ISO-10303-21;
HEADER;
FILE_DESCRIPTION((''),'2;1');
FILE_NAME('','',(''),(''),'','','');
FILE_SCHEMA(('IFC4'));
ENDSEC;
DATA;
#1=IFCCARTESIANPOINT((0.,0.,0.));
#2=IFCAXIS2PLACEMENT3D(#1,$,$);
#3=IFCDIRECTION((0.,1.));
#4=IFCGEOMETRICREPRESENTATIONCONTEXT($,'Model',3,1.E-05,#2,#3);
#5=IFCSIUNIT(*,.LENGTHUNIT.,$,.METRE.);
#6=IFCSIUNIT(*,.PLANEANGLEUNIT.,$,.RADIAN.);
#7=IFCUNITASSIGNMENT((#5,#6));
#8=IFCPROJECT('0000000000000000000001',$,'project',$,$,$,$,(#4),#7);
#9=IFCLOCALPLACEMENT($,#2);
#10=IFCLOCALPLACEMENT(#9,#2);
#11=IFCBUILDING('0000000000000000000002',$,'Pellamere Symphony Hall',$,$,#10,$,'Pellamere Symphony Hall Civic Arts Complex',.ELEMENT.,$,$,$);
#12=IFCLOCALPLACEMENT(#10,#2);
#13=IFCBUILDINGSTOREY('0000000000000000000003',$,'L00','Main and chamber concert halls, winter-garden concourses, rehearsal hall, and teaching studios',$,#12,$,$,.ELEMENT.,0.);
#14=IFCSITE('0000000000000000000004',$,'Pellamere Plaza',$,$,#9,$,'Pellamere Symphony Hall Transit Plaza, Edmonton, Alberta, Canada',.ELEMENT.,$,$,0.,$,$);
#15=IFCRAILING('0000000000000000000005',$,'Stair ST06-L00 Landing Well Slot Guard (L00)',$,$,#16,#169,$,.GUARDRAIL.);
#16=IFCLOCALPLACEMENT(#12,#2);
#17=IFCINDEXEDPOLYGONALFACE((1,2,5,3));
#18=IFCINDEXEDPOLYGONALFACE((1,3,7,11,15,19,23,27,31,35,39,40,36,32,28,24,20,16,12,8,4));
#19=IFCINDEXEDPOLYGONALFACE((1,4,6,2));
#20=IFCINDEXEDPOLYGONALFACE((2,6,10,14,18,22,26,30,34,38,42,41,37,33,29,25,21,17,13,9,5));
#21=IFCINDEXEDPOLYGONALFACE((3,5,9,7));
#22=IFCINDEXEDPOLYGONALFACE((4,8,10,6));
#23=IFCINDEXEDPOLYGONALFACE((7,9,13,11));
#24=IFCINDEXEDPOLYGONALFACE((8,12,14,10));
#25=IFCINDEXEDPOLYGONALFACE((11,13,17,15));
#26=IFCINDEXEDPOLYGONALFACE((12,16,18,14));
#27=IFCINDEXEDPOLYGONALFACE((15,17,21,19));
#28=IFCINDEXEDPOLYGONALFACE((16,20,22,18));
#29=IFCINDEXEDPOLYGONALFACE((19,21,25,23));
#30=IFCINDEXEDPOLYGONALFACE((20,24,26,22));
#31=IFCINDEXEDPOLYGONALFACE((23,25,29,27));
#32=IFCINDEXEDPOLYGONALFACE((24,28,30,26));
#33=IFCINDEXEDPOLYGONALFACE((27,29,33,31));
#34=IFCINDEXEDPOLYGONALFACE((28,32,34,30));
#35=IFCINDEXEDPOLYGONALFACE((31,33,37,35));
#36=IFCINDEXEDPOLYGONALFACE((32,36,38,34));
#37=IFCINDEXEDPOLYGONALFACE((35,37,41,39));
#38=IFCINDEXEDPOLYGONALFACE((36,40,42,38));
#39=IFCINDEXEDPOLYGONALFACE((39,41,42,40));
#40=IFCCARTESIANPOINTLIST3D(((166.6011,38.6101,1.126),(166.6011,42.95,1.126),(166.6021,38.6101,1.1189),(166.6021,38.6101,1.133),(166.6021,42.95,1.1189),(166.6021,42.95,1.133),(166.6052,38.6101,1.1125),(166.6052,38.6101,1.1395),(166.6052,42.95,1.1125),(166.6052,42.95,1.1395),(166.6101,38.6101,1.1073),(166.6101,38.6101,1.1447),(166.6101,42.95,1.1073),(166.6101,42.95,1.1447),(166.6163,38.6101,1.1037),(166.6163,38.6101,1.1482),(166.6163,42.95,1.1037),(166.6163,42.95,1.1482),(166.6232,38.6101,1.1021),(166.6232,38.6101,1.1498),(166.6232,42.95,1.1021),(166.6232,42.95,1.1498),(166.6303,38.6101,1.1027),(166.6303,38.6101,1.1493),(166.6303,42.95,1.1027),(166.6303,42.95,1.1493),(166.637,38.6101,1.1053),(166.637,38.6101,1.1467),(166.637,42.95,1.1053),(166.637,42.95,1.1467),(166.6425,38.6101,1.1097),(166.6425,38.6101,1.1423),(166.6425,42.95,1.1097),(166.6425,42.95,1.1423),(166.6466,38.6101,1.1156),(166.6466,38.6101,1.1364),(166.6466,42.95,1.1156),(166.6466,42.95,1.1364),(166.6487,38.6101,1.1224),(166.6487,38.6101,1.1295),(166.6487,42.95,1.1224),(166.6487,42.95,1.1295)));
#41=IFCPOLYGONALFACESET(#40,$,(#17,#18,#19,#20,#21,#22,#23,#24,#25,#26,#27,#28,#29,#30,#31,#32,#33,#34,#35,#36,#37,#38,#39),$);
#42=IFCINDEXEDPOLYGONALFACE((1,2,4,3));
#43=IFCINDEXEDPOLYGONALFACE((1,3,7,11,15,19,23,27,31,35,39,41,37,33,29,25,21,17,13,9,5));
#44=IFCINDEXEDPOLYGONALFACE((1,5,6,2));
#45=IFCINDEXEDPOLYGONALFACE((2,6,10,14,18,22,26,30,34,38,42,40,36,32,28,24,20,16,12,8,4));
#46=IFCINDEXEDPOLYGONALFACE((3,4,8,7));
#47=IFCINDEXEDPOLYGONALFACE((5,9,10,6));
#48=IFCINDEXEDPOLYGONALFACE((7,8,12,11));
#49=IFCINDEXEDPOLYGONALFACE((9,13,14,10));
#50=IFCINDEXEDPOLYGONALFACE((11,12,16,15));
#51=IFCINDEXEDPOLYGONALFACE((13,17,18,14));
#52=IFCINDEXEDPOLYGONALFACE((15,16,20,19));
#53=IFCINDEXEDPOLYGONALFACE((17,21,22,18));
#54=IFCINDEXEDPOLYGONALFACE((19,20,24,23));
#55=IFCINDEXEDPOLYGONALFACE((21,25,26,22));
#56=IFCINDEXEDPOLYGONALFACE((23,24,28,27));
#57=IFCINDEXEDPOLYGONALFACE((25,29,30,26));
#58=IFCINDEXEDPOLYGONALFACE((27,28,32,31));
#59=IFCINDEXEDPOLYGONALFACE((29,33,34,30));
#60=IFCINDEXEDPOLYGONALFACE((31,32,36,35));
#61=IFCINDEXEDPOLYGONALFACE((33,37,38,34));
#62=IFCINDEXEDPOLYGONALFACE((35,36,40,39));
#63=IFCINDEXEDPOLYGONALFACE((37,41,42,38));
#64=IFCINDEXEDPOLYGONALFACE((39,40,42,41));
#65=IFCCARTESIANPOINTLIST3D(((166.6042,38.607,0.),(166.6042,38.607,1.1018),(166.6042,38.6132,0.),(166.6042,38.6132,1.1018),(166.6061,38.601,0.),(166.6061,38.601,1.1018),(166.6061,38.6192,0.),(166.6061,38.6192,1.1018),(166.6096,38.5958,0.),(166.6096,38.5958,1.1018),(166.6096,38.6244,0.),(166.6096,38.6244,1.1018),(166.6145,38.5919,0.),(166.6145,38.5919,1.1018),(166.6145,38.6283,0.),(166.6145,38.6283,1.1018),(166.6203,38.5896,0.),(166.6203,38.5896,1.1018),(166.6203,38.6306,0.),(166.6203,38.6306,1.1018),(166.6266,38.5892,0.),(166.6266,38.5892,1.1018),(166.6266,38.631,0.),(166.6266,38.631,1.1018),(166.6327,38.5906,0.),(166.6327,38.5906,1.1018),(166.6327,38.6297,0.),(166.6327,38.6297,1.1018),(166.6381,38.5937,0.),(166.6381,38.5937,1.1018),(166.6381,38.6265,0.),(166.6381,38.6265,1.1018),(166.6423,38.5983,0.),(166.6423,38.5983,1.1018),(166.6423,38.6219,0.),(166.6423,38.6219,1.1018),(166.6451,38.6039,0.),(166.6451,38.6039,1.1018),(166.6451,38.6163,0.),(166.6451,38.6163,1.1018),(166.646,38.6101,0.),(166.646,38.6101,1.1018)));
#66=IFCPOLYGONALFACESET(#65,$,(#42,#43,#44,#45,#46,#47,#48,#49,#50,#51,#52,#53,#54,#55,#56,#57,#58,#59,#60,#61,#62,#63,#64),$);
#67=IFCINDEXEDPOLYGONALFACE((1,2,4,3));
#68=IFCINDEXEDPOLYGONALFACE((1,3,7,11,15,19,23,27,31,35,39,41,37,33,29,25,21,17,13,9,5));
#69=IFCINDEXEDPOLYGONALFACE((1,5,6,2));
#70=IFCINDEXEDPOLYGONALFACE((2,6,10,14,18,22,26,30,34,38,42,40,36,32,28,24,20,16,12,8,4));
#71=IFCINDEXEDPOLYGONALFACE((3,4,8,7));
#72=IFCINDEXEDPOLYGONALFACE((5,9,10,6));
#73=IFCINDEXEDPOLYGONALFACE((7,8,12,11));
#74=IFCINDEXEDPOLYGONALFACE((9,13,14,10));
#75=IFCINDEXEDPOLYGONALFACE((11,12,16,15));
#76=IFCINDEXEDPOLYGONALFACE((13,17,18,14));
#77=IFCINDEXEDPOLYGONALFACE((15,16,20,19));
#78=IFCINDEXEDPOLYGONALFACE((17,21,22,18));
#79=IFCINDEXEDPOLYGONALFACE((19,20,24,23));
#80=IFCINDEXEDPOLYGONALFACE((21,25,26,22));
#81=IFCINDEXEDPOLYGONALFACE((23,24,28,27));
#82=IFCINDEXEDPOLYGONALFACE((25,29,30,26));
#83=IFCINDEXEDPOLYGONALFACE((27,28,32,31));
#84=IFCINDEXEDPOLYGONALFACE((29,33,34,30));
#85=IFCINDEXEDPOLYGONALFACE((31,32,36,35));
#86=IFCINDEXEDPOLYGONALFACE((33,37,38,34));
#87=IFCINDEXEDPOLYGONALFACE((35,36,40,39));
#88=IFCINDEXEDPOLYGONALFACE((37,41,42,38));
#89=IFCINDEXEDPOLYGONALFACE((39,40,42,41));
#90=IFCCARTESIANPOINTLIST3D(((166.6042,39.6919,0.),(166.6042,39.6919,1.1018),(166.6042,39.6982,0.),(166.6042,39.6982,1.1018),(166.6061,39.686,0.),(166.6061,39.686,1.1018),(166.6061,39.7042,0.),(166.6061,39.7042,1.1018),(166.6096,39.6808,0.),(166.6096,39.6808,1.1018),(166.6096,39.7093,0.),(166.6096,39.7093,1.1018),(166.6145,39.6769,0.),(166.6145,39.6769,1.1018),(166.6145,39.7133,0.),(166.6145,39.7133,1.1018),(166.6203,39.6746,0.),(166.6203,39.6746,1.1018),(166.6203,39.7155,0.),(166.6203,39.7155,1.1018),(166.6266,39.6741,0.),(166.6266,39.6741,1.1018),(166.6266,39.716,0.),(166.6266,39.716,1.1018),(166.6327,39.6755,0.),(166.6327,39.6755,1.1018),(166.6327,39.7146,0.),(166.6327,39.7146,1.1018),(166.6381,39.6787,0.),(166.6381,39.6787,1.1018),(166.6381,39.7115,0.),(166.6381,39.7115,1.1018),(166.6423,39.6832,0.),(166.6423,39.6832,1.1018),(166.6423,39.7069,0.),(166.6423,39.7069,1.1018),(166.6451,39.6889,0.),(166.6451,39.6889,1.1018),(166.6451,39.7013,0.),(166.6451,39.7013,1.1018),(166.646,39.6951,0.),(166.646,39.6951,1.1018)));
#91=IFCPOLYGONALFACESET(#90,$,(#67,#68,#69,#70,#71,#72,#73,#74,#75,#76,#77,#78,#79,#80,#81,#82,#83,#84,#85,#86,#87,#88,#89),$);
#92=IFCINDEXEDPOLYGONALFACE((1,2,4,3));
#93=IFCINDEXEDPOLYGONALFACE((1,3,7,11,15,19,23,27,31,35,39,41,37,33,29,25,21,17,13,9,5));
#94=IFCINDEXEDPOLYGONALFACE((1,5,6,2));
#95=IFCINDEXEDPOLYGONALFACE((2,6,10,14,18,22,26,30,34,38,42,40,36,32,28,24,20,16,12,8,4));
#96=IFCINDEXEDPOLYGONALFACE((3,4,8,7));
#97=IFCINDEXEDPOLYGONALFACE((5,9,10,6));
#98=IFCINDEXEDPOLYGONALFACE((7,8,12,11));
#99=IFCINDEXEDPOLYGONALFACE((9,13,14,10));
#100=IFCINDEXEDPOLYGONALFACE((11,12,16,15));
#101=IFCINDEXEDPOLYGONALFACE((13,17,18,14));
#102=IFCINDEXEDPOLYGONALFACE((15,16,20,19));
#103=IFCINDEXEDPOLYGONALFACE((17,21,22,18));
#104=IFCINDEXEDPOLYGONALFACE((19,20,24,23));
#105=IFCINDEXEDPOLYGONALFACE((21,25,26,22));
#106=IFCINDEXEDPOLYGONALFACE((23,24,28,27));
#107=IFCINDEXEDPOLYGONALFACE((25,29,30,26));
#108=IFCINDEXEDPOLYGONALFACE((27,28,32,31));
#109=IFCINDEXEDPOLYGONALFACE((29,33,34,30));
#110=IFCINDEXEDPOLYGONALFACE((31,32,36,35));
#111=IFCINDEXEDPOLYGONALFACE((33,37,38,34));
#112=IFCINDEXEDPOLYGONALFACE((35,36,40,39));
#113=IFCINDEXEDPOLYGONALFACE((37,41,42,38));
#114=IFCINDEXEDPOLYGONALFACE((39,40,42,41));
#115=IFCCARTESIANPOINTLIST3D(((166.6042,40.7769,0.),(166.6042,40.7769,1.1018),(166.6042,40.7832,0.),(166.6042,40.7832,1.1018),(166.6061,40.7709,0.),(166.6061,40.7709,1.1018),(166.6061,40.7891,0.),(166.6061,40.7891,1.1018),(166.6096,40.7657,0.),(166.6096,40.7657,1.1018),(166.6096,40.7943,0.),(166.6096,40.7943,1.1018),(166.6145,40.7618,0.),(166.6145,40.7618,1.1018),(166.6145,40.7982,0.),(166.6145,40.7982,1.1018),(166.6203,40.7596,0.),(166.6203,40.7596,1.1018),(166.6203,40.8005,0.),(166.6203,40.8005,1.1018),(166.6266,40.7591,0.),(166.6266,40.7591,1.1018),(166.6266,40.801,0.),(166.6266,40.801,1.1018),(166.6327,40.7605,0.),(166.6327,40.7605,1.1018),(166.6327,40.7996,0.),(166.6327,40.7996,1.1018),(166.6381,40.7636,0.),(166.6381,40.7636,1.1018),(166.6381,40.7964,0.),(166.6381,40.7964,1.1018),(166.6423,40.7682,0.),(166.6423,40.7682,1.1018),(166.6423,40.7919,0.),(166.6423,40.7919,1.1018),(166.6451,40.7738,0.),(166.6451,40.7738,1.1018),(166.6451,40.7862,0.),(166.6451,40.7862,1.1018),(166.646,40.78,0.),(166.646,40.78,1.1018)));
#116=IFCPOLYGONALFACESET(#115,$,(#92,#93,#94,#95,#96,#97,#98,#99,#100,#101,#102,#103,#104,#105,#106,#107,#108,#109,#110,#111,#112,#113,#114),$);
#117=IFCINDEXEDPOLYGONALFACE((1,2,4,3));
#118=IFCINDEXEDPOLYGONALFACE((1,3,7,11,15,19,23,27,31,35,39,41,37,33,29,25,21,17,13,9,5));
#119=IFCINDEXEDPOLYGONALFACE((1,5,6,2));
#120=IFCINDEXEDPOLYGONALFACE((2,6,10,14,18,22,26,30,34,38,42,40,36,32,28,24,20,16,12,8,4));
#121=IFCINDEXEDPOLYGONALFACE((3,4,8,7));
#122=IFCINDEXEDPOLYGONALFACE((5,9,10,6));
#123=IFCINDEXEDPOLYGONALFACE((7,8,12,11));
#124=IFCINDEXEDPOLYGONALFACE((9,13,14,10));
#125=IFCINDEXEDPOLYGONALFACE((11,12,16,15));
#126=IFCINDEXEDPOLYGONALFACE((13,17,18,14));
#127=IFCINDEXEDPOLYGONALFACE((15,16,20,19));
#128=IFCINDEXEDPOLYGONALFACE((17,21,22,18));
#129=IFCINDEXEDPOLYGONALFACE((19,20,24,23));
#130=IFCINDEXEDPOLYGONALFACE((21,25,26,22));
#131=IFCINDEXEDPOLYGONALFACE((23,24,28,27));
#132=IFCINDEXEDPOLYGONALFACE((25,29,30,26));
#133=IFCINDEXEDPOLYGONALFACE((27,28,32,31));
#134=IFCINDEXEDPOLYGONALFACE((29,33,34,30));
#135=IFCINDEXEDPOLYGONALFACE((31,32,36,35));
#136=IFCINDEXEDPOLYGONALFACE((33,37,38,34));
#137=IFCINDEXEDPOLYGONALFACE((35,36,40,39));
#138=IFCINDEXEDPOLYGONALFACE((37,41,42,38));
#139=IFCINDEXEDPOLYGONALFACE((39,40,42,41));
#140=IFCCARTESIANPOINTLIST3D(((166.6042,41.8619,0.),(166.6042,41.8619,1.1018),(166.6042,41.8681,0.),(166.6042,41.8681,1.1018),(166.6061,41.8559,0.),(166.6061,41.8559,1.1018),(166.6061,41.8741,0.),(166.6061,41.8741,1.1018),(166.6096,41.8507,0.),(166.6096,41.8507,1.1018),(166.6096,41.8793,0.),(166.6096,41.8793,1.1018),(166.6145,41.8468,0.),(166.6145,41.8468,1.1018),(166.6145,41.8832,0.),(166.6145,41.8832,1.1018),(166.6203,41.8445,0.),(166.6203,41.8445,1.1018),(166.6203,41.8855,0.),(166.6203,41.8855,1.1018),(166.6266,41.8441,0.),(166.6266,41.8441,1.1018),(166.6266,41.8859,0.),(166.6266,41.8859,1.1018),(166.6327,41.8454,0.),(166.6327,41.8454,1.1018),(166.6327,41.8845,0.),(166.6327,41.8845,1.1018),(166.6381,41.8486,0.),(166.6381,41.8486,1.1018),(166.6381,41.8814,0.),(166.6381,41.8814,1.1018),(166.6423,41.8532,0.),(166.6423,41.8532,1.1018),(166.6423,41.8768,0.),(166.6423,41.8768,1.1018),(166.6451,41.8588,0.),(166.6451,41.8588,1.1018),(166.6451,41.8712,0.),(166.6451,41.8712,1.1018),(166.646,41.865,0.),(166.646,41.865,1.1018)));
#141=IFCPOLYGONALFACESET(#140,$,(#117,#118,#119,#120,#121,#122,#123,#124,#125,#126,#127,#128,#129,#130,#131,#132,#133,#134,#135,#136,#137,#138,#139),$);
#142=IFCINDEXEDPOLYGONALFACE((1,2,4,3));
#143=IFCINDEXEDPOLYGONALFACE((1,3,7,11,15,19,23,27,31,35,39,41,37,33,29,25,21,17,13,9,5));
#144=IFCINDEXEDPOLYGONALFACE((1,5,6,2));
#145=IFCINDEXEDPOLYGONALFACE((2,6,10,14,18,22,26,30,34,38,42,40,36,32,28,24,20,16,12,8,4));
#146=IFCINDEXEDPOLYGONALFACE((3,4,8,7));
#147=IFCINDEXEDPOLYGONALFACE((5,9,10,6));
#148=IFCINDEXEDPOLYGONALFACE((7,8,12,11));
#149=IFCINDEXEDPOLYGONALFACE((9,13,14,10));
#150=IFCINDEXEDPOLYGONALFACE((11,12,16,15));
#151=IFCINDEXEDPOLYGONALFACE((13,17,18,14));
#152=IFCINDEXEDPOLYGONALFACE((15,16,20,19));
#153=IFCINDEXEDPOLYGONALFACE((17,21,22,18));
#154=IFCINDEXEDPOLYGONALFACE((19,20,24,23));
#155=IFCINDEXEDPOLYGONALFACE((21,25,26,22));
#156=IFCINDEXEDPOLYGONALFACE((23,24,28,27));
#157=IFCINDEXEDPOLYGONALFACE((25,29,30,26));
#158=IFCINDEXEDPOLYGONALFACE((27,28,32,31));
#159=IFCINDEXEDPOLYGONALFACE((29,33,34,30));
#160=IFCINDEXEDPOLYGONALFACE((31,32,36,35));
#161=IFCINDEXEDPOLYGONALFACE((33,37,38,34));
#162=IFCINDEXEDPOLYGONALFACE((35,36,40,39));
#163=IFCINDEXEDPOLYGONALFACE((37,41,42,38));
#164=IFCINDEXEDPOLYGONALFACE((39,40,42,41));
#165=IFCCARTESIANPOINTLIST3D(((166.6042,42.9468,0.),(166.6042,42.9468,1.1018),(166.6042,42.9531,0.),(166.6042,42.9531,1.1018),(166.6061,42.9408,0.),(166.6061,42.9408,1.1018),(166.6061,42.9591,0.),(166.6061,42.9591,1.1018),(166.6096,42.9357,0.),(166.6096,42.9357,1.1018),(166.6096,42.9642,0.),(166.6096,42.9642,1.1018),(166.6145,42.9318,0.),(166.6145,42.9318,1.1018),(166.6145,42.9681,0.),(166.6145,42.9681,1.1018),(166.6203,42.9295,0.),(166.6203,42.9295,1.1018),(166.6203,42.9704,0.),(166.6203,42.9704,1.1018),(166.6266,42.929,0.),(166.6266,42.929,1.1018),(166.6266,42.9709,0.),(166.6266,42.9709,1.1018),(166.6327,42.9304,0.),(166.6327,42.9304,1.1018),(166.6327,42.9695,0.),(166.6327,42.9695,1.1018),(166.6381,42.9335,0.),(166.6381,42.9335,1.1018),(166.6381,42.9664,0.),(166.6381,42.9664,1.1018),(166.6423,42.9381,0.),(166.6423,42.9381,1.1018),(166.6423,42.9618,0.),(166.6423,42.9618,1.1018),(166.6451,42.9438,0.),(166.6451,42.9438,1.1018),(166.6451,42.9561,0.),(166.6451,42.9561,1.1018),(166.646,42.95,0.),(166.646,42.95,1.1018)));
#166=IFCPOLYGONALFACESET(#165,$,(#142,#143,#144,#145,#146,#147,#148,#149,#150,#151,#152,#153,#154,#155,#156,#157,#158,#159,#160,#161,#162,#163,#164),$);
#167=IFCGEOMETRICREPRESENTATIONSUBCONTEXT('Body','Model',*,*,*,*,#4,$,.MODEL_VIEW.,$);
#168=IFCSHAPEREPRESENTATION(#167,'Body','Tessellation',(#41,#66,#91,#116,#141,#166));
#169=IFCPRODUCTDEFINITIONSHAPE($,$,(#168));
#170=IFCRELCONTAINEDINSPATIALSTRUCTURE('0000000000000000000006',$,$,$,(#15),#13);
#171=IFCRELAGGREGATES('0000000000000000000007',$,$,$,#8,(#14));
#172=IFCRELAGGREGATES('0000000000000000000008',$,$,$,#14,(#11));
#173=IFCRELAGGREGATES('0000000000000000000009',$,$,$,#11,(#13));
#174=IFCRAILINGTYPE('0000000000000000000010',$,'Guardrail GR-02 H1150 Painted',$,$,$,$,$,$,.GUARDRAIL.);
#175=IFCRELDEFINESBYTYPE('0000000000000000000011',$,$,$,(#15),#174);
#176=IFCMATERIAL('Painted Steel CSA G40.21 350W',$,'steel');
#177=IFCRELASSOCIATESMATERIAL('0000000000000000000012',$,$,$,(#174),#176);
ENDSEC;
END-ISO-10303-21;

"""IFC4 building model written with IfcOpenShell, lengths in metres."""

from ifc_helpers import new_model, si_unit, direction, frame, origin, origin_2d, place, context, subcontext, project, spatial, circle, extrude, material, type_object, element, save


model = new_model("IFC4")

# Units and contexts
model_context = context("Model", 3, precision=1e-05, world=origin(), true_north=direction((0.0, 1.0)))
body_context = subcontext(model_context, "Body", "Model", "MODEL_VIEW")
ifc_project = project(units=[si_unit("LENGTHUNIT", "METRE"), si_unit("PLANEANGLEUNIT", "RADIAN")], contexts=[model_context])

# Site, building, storey
site_placement = place(None, origin())
site = spatial("IfcSite", under=ifc_project, at=site_placement, Name="Pellamere Plaza", LongName="Pellamere Symphony Hall Transit Plaza, Edmonton, Alberta, Canada", CompositionType="ELEMENT", RefElevation=0.0)
building_placement = place(site_placement, origin())
building = spatial("IfcBuilding", under=site, at=building_placement, Name="Pellamere Symphony Hall", LongName="Pellamere Symphony Hall Civic Arts Complex", CompositionType="ELEMENT")
storey_placement = place(building_placement, origin())
storey = spatial("IfcBuildingStorey", under=building, at=storey_placement, Name="L00", Description="Main and chamber concert halls, winter-garden concourses, rehearsal hall, and teaching studios", CompositionType="ELEMENT", Elevation=0.0)

# Railing
ifc_material_1 = material(Name="Painted Steel CSA G40.21 350W", Category="steel")
railing_type_1 = type_object("IfcRailingType", Name="Guardrail GR-02 H1150 Painted", PredefinedType="GUARDRAIL", material=ifc_material_1)
railing_1_placement = place(storey_placement, frame((166.625, 38.6101, 0.0)))
element("IfcRailing", 1, at=railing_1_placement, inside=storey, type_object=railing_type_1, Name="Stair ST06-L00 Landing Well Slot Guard (L00)", PredefinedType="GUARDRAIL", context=body_context, shape_type="SweptSolid", body=[
    extrude(circle(Radius=0.0239, at=origin_2d()), frame((0.0, 0.0, 1.126), z_axis=(0.0, 1.0, 0.0), x_axis=(-1.0, 0.0, 0.0)), (0.0, 0.0, 1.0), 4.3398),
    extrude(circle(Radius=0.021, at=origin_2d()), origin(), (0.0, 0.0, 1.0), 1.1018),
    extrude(circle(Radius=0.021, at=origin_2d()), frame((0.0, 1.085, 0.0)), (0.0, 0.0, 1.0), 1.1018),
    extrude(circle(Radius=0.021, at=origin_2d()), frame((0.0, 2.1699, 0.0)), (0.0, 0.0, 1.0), 1.1018),
    extrude(circle(Radius=0.021, at=origin_2d()), frame((0.0, 3.2549, 0.0)), (0.0, 0.0, 1.0), 1.1018),
    extrude(circle(Radius=0.021, at=origin_2d()), frame((0.0, 4.3398, 0.0)), (0.0, 0.0, 1.0), 1.1018),
])

save(model, "model.ifc")
